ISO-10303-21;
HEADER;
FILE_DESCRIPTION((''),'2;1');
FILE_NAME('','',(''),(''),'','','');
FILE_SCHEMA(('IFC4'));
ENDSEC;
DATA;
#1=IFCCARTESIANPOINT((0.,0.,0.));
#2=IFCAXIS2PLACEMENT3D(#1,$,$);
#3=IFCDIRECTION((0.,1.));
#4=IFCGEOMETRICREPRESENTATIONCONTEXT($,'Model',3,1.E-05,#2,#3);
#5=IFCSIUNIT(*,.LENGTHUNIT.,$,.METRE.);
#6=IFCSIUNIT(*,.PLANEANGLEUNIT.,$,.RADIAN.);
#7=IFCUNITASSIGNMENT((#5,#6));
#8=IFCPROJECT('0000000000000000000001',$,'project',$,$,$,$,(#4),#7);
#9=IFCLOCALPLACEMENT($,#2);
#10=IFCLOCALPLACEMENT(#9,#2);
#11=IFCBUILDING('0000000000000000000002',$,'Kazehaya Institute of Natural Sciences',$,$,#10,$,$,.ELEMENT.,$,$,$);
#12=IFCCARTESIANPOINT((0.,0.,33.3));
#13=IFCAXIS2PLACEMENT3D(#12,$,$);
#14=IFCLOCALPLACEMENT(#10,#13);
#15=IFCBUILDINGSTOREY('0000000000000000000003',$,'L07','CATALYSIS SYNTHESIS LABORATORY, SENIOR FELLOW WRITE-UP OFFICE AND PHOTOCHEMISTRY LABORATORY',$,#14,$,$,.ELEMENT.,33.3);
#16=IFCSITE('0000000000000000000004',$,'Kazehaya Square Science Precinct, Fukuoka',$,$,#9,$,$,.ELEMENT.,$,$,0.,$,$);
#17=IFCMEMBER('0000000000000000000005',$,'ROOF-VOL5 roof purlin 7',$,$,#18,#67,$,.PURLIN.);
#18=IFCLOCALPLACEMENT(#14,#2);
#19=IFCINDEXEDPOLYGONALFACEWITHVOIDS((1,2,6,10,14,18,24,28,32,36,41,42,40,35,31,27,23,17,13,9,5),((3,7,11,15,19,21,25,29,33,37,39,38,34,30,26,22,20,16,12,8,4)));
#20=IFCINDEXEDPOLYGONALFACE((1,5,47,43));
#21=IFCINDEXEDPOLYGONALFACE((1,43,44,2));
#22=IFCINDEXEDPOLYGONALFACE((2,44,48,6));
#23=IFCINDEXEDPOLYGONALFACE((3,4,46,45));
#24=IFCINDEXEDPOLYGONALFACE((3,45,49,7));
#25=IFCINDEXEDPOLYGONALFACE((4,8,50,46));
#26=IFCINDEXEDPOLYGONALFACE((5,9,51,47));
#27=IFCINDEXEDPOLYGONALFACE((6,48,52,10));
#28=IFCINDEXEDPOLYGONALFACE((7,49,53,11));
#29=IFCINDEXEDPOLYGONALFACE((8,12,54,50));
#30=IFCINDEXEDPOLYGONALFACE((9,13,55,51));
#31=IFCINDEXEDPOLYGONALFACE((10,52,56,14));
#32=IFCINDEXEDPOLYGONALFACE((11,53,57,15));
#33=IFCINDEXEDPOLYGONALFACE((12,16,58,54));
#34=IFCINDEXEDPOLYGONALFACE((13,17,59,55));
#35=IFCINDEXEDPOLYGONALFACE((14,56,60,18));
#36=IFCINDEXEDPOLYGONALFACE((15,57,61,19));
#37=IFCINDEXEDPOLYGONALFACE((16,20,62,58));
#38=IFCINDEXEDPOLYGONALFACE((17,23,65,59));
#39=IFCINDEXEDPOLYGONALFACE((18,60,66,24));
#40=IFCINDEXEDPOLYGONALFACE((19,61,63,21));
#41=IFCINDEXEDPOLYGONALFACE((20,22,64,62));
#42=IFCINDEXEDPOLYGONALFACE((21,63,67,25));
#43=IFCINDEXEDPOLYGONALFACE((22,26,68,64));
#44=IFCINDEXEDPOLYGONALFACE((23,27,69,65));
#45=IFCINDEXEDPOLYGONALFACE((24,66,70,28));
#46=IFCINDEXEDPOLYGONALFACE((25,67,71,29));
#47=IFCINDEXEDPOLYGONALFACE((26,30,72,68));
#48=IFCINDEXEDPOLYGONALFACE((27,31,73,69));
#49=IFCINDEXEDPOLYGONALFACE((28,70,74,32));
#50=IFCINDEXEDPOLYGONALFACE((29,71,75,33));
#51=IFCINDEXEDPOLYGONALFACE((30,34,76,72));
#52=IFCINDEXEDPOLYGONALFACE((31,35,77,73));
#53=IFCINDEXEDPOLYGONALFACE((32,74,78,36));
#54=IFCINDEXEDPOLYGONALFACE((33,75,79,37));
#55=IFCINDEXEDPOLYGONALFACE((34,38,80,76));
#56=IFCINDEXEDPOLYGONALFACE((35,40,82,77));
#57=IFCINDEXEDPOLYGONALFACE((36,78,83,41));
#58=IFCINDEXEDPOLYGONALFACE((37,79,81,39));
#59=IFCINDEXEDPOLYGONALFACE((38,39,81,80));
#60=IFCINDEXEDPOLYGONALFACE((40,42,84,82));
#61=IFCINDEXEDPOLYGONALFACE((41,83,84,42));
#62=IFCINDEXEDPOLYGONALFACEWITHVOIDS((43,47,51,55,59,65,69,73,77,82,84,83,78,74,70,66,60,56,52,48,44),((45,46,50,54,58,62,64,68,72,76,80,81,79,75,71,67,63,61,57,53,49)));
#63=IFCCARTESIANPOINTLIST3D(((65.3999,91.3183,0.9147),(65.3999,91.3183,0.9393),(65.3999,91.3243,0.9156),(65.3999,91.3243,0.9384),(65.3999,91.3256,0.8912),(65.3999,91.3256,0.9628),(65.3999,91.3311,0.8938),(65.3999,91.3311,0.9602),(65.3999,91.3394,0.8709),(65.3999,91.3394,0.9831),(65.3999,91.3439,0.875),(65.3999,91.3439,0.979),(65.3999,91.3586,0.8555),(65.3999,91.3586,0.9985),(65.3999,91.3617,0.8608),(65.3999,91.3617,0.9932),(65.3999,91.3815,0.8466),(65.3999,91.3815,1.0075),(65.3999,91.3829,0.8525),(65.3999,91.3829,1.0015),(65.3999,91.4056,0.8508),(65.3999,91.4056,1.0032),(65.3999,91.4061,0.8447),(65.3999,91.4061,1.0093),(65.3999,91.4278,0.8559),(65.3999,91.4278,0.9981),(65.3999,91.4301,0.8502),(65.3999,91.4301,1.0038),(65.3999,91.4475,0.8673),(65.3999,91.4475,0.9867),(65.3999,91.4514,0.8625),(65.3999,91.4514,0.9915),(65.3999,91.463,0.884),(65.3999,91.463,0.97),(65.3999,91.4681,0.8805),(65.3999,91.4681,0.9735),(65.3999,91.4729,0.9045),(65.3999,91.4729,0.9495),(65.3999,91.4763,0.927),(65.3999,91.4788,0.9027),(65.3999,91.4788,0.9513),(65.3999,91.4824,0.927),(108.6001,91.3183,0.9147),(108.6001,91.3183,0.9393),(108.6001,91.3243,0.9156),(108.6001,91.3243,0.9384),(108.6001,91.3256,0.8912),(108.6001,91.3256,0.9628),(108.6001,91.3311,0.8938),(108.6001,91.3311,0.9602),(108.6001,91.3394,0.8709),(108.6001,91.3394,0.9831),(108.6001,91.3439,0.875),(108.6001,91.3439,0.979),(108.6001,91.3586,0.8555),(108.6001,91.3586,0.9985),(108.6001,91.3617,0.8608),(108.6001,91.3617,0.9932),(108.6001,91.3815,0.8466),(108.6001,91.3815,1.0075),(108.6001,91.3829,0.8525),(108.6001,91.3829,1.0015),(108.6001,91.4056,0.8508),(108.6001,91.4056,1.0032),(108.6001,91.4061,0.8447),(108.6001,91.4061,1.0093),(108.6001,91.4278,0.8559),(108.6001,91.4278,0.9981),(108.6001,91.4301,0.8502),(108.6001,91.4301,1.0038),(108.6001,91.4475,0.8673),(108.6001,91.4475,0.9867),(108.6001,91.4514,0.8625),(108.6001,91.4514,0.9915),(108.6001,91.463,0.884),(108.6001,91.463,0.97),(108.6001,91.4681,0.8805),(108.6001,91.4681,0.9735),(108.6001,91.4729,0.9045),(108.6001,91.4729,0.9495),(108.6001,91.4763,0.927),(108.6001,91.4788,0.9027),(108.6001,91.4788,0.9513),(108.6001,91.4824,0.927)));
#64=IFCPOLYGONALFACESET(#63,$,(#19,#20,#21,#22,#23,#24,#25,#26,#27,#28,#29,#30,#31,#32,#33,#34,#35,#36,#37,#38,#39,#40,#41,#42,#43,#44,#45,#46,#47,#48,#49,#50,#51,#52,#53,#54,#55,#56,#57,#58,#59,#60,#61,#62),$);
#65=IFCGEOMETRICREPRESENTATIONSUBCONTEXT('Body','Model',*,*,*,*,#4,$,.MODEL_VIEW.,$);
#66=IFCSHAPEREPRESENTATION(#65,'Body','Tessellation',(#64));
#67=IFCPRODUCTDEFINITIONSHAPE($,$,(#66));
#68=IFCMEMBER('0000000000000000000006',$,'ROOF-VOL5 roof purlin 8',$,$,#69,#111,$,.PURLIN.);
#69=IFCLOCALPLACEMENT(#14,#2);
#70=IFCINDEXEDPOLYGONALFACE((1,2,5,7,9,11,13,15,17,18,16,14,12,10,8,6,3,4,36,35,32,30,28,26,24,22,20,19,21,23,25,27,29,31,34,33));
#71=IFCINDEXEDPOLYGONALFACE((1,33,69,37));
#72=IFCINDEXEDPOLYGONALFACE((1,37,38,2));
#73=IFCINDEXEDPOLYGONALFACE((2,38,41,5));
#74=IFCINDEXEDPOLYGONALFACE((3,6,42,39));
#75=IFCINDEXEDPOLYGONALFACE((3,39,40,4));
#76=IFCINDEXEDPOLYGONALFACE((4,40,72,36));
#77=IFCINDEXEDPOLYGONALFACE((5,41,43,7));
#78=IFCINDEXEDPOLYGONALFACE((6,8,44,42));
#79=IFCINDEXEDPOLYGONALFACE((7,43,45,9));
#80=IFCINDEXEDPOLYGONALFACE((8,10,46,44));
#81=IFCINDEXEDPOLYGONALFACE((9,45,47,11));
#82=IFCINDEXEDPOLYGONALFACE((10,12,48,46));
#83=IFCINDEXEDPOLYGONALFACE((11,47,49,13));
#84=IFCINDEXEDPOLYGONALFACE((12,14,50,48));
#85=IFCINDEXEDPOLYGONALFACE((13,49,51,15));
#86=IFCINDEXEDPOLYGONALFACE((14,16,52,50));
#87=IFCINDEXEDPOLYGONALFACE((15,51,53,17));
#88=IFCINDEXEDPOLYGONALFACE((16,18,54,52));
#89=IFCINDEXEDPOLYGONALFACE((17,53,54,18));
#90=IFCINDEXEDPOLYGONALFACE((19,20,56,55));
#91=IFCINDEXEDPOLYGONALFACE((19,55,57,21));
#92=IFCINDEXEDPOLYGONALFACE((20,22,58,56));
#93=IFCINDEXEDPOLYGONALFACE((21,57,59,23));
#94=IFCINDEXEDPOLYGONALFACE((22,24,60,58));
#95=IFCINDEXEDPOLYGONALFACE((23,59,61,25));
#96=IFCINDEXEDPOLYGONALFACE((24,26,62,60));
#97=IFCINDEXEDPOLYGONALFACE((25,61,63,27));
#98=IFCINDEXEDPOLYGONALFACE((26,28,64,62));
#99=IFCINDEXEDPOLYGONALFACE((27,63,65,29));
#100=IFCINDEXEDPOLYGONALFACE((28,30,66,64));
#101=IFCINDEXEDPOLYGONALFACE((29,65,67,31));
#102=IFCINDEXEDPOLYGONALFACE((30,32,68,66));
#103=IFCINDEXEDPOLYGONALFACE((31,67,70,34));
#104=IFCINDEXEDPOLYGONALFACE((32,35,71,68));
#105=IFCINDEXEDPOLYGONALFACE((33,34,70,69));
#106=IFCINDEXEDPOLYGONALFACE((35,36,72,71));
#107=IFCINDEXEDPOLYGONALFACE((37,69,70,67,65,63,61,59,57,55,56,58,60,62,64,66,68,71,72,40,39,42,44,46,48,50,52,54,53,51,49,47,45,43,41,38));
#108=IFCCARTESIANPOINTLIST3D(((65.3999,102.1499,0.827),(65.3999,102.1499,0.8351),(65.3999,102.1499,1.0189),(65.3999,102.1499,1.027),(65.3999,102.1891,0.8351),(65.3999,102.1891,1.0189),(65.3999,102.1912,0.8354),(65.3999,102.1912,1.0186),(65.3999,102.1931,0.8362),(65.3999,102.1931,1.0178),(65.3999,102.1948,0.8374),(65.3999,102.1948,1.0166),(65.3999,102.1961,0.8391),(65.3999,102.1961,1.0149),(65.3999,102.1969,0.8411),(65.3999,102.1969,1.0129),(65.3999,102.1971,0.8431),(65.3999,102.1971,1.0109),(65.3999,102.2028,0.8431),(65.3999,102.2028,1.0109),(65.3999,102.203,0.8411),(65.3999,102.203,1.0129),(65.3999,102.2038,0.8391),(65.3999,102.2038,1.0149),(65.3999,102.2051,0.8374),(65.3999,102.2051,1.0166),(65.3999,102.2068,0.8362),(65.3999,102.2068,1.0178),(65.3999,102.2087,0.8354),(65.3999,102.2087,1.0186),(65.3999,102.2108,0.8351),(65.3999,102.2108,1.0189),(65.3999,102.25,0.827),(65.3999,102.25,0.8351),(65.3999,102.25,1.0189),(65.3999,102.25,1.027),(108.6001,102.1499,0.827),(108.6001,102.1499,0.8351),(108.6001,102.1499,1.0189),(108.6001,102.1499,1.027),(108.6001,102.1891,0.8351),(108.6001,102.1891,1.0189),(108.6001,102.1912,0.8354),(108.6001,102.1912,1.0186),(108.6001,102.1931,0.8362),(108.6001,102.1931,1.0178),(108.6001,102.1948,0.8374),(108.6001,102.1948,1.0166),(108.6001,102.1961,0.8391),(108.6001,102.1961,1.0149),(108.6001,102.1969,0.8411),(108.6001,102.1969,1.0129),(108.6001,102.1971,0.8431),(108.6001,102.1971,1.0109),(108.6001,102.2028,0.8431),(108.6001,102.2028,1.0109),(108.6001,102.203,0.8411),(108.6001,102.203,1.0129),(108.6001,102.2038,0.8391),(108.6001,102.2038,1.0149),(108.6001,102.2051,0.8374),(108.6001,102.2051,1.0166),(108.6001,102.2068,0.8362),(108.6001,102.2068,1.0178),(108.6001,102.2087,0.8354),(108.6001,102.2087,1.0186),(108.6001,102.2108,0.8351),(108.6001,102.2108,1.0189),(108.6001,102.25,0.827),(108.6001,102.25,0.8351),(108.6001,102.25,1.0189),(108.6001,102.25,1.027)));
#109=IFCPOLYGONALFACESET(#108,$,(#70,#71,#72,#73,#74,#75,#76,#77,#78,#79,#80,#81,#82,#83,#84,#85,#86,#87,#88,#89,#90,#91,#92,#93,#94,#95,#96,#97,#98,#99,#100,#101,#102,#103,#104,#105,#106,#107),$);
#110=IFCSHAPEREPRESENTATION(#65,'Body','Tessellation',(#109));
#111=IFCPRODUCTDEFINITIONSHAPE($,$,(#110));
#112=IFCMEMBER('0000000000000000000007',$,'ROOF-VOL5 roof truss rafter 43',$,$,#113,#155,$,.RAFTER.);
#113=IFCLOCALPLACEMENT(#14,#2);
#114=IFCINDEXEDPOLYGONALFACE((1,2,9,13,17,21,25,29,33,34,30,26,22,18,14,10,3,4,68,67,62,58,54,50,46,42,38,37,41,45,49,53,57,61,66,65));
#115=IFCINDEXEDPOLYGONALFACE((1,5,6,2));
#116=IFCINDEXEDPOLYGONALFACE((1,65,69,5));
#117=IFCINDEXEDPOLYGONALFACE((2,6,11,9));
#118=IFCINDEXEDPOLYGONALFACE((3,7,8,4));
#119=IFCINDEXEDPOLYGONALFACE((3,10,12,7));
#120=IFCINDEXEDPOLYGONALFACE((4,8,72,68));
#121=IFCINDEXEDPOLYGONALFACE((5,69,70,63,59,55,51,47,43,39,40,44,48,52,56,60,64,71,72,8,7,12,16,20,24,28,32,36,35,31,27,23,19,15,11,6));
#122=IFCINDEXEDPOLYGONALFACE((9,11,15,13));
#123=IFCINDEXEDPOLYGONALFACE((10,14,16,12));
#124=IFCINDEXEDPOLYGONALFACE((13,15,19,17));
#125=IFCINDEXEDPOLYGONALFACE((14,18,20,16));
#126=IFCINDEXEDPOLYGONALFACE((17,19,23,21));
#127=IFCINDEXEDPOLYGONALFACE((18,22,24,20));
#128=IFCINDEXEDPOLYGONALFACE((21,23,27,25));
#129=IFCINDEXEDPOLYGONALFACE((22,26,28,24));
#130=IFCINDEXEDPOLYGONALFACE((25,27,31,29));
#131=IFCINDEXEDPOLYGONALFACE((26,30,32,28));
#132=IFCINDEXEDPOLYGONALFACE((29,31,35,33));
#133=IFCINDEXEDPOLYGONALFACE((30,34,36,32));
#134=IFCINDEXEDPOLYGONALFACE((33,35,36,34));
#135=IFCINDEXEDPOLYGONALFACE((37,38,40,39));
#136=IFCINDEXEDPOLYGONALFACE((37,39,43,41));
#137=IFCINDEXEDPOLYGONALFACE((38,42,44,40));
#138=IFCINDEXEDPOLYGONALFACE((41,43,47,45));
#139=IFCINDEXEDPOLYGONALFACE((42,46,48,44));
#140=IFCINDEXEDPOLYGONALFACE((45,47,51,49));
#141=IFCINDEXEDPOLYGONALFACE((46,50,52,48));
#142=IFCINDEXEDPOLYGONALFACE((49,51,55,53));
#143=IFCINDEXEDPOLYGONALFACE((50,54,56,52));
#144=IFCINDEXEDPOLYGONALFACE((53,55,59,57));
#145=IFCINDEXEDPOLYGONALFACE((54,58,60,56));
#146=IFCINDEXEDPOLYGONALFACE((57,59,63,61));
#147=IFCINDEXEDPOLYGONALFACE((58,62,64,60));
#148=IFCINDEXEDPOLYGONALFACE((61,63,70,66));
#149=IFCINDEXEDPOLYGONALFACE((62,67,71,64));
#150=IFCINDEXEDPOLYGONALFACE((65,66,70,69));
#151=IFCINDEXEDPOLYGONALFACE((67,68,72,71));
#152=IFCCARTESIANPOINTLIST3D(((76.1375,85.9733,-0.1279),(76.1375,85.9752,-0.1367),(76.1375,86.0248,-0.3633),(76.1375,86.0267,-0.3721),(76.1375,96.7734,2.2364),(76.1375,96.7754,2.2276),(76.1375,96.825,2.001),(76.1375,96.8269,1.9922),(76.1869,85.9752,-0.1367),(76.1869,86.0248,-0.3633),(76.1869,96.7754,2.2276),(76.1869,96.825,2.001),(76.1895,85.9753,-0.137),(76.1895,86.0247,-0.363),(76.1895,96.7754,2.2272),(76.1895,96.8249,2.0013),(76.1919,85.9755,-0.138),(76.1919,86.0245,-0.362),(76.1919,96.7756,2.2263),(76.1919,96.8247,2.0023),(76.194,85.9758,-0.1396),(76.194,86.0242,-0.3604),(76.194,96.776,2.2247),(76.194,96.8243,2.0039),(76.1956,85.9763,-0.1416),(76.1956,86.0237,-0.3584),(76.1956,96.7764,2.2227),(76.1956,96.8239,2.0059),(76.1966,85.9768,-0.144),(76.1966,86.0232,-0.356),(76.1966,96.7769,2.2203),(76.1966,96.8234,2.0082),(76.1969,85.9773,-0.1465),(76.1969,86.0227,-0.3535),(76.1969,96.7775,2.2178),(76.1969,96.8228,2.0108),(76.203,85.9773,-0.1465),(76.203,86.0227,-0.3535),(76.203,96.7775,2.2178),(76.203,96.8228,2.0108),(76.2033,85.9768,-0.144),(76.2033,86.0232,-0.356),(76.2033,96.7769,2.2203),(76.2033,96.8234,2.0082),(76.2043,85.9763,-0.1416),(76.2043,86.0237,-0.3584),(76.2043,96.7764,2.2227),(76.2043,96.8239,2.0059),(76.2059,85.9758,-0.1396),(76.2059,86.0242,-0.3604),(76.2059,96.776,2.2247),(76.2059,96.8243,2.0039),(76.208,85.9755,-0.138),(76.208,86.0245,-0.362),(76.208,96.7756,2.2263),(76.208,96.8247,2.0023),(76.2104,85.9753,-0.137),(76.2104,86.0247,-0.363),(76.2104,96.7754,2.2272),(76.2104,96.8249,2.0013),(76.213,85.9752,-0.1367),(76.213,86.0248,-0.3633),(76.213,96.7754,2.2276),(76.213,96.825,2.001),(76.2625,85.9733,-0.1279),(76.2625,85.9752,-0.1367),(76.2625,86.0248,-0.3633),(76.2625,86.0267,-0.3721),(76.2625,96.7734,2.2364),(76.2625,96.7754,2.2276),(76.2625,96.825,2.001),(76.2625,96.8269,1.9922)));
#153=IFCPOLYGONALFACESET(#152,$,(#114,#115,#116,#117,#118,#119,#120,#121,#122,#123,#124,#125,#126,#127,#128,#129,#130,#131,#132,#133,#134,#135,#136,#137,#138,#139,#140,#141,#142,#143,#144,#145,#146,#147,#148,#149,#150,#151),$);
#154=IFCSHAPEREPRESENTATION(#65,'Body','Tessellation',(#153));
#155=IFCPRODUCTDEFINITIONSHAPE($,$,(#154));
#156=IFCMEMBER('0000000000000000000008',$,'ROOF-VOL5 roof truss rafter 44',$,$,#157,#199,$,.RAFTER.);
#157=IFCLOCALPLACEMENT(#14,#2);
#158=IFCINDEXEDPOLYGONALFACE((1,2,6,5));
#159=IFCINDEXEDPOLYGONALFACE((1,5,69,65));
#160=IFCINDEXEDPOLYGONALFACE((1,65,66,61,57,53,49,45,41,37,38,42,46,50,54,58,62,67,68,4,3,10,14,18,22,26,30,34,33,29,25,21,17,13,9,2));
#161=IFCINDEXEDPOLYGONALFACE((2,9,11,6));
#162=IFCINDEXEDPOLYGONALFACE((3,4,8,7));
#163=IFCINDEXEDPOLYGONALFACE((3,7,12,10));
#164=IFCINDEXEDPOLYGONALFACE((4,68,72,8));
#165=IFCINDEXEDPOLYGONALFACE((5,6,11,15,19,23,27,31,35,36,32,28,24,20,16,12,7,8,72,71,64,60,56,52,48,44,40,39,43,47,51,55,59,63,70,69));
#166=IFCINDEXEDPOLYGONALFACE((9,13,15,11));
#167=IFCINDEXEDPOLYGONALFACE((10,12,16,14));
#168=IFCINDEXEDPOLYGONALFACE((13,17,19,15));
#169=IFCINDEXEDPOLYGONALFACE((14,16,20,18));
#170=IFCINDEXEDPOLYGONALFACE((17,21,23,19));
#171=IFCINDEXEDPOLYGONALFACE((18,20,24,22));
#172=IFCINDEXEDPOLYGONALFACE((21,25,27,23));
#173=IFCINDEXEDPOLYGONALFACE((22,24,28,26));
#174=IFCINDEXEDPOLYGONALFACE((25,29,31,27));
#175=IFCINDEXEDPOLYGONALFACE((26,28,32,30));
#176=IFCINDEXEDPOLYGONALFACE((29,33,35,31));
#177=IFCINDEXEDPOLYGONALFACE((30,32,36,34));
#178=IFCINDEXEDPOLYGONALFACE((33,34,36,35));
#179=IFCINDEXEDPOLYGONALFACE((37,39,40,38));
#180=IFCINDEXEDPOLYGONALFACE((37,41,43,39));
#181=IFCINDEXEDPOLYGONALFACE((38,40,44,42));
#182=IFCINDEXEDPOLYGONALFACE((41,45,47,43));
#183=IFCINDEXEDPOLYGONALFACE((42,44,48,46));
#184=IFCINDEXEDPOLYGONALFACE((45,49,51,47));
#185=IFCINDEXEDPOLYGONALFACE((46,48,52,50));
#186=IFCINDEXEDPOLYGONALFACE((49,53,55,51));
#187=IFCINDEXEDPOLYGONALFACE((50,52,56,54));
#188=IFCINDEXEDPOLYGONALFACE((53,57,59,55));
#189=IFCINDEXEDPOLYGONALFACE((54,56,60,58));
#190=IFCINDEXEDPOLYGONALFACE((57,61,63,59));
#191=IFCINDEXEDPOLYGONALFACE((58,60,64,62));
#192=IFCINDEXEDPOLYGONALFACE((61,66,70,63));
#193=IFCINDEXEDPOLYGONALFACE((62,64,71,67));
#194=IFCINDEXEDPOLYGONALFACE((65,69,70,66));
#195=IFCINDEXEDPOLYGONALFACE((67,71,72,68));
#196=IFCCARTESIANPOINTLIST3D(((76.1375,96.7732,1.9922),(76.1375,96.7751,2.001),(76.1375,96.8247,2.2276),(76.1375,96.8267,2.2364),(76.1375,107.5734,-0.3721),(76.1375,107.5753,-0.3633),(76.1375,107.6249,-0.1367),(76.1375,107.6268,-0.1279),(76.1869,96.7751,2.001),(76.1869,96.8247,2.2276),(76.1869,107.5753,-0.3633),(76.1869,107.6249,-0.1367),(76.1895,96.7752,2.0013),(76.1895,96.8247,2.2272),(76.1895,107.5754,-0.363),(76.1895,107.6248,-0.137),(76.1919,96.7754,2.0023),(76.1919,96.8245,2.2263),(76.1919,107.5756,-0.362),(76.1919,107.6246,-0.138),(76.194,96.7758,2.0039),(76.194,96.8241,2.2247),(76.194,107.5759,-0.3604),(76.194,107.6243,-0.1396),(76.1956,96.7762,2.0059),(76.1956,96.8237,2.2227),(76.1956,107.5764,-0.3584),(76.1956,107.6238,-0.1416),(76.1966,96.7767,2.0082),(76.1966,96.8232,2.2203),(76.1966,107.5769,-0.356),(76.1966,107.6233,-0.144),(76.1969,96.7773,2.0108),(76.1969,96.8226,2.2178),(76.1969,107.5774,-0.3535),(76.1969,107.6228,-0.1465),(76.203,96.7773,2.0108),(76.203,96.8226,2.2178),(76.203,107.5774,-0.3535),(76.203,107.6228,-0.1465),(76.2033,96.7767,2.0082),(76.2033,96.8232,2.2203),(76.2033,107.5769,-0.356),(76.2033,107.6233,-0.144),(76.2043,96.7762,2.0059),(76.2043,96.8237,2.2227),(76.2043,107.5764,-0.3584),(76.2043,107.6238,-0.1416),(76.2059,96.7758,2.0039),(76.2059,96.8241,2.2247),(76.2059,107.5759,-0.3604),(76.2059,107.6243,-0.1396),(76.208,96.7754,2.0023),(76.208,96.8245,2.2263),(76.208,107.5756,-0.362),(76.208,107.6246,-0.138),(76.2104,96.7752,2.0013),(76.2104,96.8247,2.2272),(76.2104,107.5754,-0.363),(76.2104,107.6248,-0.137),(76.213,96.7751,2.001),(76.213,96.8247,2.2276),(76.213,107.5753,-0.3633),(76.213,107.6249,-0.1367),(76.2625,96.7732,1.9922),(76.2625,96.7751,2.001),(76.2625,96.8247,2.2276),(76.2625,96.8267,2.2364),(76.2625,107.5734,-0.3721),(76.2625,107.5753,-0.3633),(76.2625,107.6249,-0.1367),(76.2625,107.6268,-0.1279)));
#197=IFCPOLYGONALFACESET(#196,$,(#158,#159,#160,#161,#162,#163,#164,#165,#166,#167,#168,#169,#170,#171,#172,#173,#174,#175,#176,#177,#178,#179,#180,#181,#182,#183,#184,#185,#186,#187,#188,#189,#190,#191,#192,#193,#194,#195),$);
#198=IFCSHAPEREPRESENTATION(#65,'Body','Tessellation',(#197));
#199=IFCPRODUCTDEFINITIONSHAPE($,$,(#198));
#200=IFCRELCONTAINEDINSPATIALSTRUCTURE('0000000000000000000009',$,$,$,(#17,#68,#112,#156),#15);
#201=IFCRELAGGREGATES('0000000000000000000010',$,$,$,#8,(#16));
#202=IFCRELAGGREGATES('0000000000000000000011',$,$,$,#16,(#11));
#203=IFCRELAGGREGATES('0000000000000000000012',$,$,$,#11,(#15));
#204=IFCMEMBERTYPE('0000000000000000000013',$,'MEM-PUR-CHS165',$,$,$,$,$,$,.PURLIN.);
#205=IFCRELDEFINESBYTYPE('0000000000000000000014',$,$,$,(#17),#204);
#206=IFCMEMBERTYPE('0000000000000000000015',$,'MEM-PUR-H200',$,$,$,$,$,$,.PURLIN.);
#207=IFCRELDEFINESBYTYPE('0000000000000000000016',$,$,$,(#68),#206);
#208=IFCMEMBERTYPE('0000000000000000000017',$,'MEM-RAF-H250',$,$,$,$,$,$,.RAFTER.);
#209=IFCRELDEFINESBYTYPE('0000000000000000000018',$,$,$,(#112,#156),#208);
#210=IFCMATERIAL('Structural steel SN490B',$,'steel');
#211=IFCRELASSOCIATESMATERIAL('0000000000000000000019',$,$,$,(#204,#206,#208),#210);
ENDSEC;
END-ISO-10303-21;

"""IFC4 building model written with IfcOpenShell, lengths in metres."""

from ifc_helpers import new_model, si_unit, direction, frame, origin, origin_2d, place, context, subcontext, project, spatial, hollow_circle, i_section, extrude, material, material_profile, profile_set, type_object, element, save


model = new_model("IFC4")

# Units and contexts
model_context = context("Model", 3, precision=1e-05, world=origin(), true_north=direction((0.0, 1.0)))
body_context = subcontext(model_context, "Body", "Model", "MODEL_VIEW")
ifc_project = project(units=[si_unit("LENGTHUNIT", "METRE"), si_unit("PLANEANGLEUNIT", "RADIAN")], contexts=[model_context])

# Site, building, storey
site_placement = place(None, origin())
site = spatial("IfcSite", under=ifc_project, at=site_placement, Name="Kazehaya Square Science Precinct, Fukuoka", CompositionType="ELEMENT", RefElevation=0.0)
building_placement = place(site_placement, origin())
building = spatial("IfcBuilding", under=site, at=building_placement, Name="Kazehaya Institute of Natural Sciences", CompositionType="ELEMENT")
storey_placement = place(building_placement, frame((0.0, 0.0, 33.3)))
storey = spatial("IfcBuildingStorey", under=building, at=storey_placement, Name="L07", Description="CATALYSIS SYNTHESIS LABORATORY, SENIOR FELLOW WRITE-UP OFFICE AND PHOTOCHEMISTRY LABORATORY", CompositionType="ELEMENT", Elevation=33.3)

# Shared definitions
ifc_material_1 = material(Name="Structural steel SN490B", Category="steel")

# Members
ifc_material_profile_1 = material_profile(ifc_material_1, hollow_circle(Radius=0.0825, WallThickness=0.0061, at=origin_2d()), Name="CHS-165.2x6.0")
ifc_profile_set_1 = profile_set([ifc_material_profile_1], Name="Structural steel SN490B")
member_type_1 = type_object("IfcMemberType", Name="MEM-PUR-CHS165", PredefinedType="PURLIN", material=ifc_profile_set_1)
member_1_placement = place(storey_placement, frame((65.3999, 91.3999, 0.927), z_axis=(1.0, 0.0, 0.0), x_axis=(0.0, 1.0, 0.0)))
element("IfcMember", 1, at=member_1_placement, inside=storey, type_object=member_type_1, Name="ROOF-VOL5 roof purlin 7", PredefinedType="PURLIN", context=body_context, shape_type="SweptSolid", body=[
    extrude(hollow_circle(Radius=0.0825, WallThickness=0.0061, at=origin_2d()), origin(), (0.0, 0.0, 1.0), 43.2002),
])
ifc_material_profile_2 = material_profile(ifc_material_1, i_section(OverallWidth=0.1001, OverallDepth=0.2, WebThickness=0.0056, FlangeThickness=0.0081, FilletRadius=0.0081, at=origin_2d()), Name="H-200x100x5.5x8")
ifc_profile_set_2 = profile_set([ifc_material_profile_2], Name="Structural steel SN490B")
member_type_2 = type_object("IfcMemberType", Name="MEM-PUR-H200", PredefinedType="PURLIN", material=ifc_profile_set_2)
member_2_placement = place(storey_placement, frame((65.3999, 102.2, 0.927), z_axis=(1.0, 0.0, 0.0), x_axis=(0.0, 1.0, 0.0)))
element("IfcMember", 2, at=member_2_placement, inside=storey, type_object=member_type_2, Name="ROOF-VOL5 roof purlin 8", PredefinedType="PURLIN", context=body_context, shape_type="SweptSolid", body=[
    extrude(i_section(OverallWidth=0.1001, OverallDepth=0.2, WebThickness=0.0056, FlangeThickness=0.0081, FilletRadius=0.0081, at=origin_2d()), origin(), (0.0, 0.0, 1.0), 43.2002),
])
ifc_material_profile_3 = material_profile(ifc_material_1, i_section(OverallWidth=0.125, OverallDepth=0.25, WebThickness=0.0061, FlangeThickness=0.009, FilletRadius=0.01, at=origin_2d()), Name="H-250x125x6x9")
ifc_profile_set_3 = profile_set([ifc_material_profile_3], Name="Structural steel SN490B")
member_type_3 = type_object("IfcMemberType", Name="MEM-RAF-H250", PredefinedType="RAFTER", material=ifc_profile_set_3)
for number, where, z_axis, x_axis, name in (
    (3, (76.2, 86.0, -0.25), (0.0, 0.976867, 0.213848), (-1.0, 0.0, 0.0), "ROOF-VOL5 roof truss rafter 43"),
    (4, (76.2, 107.6001, -0.25), (0.0, -0.976867, 0.213848), (1.0, 0.0, 0.0), "ROOF-VOL5 roof truss rafter 44"),
):
    element("IfcMember", number, at=place(storey_placement, frame(where, z_axis=z_axis, x_axis=x_axis)), inside=storey, type_object=member_type_3, Name=name, PredefinedType="RAFTER", context=body_context, shape_type="SweptSolid", body=[
        extrude(i_section(OverallWidth=0.125, OverallDepth=0.25, WebThickness=0.0061, FlangeThickness=0.009, FilletRadius=0.01, at=origin_2d()), origin(), (0.0, 0.0, 1.0), 11.0559),
    ])

save(model, "model.ifc")
